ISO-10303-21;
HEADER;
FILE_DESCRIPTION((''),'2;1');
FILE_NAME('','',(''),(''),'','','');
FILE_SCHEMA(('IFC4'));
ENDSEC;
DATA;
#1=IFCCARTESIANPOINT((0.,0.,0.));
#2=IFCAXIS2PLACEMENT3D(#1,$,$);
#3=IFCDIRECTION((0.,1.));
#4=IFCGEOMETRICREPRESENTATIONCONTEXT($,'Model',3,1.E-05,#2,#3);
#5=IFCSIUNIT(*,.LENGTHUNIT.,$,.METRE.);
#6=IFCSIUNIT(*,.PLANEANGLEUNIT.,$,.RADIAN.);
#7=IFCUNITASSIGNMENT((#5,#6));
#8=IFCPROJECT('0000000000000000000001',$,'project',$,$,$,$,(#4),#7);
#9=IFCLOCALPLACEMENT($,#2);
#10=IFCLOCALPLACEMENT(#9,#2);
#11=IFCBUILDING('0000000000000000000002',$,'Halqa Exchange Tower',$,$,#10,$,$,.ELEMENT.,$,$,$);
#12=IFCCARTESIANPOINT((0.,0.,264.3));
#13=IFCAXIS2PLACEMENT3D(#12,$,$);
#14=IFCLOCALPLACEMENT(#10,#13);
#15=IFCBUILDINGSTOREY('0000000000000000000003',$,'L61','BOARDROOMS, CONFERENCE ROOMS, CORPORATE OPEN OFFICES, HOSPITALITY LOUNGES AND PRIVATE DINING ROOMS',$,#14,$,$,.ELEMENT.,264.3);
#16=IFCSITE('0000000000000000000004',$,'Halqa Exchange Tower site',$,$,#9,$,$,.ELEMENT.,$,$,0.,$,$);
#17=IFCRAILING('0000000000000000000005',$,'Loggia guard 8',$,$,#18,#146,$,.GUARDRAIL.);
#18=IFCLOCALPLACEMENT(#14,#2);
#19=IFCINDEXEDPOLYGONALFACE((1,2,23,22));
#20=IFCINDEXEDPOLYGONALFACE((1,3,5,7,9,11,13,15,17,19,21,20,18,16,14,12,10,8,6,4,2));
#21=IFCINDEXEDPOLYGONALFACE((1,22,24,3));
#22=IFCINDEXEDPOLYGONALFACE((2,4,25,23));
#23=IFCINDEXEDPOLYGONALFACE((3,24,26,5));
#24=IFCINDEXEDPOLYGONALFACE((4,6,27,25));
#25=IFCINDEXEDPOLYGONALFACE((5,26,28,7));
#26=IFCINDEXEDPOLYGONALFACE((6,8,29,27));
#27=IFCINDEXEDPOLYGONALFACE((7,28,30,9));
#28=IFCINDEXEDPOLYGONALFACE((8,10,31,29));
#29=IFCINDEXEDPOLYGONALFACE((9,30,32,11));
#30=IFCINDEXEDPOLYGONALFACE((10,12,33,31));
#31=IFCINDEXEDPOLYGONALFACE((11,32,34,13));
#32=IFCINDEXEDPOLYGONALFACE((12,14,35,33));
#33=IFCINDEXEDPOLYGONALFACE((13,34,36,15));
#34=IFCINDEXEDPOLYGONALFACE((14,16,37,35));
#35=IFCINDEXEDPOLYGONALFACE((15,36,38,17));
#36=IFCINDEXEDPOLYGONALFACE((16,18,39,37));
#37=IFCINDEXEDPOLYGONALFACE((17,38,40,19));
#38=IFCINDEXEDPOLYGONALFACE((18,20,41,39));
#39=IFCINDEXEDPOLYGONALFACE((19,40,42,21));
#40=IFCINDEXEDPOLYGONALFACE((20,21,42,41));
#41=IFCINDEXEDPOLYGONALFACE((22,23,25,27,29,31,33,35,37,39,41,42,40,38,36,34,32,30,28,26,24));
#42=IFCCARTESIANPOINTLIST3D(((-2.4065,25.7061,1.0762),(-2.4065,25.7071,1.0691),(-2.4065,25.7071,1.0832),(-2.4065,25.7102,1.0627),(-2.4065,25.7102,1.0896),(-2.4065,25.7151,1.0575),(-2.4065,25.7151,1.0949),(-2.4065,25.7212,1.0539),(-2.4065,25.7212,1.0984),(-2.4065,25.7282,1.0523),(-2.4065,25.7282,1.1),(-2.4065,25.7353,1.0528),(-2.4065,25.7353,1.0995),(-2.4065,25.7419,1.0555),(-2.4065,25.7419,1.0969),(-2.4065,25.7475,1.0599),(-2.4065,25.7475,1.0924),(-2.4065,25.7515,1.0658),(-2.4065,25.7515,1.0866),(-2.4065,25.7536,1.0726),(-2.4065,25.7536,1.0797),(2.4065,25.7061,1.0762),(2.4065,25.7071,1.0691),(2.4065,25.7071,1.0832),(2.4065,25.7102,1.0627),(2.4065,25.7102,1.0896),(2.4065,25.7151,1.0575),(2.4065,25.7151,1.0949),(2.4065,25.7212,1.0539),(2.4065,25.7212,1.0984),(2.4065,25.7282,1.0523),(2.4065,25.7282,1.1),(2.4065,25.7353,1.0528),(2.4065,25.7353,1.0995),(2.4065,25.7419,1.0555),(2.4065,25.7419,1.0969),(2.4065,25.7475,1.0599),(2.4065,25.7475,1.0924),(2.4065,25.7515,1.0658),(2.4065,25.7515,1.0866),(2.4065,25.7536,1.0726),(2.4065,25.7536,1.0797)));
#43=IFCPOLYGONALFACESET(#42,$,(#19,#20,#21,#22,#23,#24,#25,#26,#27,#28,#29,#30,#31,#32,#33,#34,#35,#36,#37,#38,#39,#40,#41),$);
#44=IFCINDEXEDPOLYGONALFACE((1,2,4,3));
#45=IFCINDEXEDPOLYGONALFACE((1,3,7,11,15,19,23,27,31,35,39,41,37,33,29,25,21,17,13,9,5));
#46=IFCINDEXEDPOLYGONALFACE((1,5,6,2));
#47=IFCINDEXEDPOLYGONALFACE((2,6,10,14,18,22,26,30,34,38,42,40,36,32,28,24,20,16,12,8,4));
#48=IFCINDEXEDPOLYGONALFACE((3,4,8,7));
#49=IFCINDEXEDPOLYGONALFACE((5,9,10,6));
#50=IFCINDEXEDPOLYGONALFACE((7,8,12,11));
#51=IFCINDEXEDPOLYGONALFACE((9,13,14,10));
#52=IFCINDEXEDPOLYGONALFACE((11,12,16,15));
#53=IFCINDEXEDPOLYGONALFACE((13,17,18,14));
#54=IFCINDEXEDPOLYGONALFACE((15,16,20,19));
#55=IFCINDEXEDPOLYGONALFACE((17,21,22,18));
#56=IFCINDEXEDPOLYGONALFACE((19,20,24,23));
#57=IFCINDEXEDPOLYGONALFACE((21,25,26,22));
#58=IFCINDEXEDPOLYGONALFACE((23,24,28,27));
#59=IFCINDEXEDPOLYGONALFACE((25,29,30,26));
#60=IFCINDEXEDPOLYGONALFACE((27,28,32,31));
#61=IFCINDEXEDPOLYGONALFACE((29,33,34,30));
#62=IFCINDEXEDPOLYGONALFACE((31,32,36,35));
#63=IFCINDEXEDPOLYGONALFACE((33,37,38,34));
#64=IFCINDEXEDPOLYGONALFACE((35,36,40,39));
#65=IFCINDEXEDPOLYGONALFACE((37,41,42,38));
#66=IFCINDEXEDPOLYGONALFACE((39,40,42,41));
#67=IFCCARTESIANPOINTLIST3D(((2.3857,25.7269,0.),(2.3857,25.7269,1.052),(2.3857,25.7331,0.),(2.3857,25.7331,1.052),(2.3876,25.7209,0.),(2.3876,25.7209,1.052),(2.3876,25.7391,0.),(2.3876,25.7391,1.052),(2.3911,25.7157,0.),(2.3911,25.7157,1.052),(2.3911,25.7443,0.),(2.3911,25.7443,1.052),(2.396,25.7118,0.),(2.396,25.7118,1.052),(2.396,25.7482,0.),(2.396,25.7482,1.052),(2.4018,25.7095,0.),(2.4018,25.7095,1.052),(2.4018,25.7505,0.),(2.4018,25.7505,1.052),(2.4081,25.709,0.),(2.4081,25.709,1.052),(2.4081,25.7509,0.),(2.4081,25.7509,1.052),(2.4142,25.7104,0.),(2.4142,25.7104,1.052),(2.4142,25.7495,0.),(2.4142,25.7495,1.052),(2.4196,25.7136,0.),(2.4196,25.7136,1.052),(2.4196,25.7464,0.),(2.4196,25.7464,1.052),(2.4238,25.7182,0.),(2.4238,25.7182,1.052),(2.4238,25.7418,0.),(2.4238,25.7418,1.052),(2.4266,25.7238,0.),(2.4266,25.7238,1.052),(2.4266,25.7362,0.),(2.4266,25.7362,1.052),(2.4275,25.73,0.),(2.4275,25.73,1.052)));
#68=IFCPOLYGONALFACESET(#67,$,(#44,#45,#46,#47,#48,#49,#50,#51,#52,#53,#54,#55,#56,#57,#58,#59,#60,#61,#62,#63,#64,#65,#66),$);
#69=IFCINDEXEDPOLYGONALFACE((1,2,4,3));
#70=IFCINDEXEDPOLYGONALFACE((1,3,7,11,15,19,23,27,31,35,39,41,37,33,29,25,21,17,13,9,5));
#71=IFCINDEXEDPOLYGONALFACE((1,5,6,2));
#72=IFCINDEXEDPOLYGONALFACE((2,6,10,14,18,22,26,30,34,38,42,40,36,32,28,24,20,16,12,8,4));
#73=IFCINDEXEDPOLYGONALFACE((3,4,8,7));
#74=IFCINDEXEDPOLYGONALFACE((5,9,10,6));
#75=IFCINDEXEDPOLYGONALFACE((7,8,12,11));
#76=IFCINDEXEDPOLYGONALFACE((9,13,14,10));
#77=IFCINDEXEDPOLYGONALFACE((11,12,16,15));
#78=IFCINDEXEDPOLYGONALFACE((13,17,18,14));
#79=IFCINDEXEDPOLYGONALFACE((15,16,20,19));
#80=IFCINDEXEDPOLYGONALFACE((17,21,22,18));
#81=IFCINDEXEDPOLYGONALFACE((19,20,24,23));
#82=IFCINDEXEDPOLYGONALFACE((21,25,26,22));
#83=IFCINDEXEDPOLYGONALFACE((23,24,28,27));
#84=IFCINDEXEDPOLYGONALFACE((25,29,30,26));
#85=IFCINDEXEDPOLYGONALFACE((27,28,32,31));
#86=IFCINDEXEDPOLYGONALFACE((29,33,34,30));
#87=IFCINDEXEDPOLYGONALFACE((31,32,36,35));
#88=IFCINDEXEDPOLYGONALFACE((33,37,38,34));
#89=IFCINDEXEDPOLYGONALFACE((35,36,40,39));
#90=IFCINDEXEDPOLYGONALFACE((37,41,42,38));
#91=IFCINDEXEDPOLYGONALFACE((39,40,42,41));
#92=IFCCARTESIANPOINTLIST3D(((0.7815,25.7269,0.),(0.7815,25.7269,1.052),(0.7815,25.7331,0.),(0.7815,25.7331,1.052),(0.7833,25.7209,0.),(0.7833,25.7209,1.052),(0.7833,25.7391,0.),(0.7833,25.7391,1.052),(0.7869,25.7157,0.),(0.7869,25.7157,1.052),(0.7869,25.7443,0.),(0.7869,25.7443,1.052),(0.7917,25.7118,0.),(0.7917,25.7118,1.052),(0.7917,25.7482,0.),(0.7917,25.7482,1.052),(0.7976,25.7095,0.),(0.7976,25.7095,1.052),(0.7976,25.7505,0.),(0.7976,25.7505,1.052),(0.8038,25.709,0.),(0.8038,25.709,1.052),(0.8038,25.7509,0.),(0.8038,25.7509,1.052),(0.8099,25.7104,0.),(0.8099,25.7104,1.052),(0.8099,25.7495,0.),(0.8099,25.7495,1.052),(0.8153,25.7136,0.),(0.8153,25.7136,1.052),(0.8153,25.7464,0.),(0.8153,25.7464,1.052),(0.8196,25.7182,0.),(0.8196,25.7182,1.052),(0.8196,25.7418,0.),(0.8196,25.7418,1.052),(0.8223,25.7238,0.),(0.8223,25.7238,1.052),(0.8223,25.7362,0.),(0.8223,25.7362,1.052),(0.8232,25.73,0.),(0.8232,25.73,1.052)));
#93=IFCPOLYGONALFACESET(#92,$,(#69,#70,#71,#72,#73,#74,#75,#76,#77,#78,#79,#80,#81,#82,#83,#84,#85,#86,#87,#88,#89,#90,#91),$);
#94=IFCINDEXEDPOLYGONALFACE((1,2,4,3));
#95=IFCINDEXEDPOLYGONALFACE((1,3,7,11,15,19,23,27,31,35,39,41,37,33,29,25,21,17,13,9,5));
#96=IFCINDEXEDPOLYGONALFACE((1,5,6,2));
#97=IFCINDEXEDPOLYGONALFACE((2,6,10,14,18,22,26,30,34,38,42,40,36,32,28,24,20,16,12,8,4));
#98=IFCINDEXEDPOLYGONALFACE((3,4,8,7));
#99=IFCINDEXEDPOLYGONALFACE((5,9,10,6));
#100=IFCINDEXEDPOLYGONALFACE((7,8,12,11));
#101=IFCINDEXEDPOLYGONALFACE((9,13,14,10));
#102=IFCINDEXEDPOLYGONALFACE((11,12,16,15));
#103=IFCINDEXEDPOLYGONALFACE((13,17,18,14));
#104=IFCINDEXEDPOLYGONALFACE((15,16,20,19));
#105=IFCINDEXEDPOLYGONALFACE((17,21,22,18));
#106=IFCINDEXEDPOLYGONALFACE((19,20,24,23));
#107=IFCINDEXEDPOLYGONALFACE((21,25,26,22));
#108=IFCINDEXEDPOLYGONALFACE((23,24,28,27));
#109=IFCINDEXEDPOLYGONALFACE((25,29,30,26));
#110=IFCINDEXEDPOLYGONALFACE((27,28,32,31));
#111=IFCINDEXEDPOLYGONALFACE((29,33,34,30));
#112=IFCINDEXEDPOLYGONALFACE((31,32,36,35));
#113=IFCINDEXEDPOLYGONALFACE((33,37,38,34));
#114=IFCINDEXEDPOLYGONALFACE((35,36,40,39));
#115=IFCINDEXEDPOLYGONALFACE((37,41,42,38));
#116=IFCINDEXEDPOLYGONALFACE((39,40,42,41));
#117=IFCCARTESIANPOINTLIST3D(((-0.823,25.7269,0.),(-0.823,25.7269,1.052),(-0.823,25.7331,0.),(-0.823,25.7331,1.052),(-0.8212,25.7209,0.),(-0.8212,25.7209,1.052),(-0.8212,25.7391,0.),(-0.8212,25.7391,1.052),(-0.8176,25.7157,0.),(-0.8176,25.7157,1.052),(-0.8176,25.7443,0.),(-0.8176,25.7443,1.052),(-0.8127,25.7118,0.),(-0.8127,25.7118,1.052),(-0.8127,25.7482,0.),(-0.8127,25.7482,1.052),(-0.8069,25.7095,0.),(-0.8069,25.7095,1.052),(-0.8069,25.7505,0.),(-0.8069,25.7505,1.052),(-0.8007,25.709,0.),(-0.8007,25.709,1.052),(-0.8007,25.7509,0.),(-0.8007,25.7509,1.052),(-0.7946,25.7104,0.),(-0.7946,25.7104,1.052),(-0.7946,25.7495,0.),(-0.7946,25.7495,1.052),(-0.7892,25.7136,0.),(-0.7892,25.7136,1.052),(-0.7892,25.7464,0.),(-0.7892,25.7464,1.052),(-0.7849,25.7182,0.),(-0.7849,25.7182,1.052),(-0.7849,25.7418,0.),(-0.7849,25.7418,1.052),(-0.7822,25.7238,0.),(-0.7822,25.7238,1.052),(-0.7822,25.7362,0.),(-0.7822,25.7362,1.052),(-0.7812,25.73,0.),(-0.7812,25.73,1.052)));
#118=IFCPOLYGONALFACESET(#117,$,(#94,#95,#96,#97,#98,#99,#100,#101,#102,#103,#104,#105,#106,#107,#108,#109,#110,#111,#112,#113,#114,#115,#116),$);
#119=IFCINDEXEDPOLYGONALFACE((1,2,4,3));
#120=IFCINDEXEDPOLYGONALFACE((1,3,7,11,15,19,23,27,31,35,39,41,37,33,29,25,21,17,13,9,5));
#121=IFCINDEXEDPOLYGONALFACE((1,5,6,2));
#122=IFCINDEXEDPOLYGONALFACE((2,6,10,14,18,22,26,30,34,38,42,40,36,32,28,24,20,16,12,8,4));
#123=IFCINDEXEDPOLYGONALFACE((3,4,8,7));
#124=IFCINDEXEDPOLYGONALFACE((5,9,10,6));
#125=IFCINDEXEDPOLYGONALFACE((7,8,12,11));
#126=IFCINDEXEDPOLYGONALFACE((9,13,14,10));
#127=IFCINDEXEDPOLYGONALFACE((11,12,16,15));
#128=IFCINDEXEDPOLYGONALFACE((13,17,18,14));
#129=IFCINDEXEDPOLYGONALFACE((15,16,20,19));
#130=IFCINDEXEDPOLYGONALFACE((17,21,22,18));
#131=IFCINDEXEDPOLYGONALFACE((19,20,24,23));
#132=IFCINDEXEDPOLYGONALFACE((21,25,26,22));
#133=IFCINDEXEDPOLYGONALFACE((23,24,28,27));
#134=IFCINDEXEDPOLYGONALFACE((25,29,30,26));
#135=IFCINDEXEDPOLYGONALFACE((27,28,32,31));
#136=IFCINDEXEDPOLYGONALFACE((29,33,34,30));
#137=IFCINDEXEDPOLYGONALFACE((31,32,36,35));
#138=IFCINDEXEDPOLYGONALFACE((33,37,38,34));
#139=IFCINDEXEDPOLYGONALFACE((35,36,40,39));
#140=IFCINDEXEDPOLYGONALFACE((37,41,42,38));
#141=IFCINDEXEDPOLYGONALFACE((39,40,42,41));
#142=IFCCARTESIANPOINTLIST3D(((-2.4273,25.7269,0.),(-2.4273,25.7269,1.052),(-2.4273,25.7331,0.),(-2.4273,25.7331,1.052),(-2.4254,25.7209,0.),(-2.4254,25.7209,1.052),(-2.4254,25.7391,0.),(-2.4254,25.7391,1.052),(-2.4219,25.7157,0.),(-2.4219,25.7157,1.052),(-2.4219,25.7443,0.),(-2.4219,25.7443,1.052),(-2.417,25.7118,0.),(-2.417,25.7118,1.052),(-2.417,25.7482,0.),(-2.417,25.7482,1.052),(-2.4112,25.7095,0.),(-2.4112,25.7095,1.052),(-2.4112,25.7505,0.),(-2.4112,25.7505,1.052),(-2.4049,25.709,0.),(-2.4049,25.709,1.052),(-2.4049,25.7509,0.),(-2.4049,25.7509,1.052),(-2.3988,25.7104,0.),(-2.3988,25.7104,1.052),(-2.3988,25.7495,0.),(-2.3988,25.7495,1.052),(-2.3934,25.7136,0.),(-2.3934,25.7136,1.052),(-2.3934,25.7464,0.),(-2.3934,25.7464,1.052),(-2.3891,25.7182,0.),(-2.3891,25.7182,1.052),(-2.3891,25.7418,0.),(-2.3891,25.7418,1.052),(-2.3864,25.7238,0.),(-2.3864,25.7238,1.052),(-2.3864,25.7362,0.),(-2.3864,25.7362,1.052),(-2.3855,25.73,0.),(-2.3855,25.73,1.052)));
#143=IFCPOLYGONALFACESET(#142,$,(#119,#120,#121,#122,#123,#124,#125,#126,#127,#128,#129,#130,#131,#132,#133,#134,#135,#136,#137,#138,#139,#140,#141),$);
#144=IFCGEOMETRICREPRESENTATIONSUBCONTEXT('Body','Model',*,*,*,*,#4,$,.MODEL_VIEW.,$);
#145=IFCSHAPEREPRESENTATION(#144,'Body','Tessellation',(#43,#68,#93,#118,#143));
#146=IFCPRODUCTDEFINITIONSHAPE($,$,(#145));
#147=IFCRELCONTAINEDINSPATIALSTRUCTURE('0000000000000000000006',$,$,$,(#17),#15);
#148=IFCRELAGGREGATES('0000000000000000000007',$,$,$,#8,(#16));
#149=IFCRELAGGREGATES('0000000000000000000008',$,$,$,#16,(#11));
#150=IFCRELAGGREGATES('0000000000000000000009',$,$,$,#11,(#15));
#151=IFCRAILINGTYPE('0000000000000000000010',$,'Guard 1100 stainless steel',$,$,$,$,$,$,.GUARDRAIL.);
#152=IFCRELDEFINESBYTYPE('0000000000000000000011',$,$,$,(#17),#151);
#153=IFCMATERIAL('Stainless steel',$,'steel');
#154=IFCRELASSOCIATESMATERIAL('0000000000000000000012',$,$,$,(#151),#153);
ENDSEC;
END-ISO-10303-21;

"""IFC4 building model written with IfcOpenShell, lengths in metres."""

from ifc_helpers import new_model, si_unit, direction, frame, origin, origin_2d, place, context, subcontext, project, spatial, circle, extrude, material, type_object, element, save


model = new_model("IFC4")

# Units and contexts
model_context = context("Model", 3, precision=1e-05, world=origin(), true_north=direction((0.0, 1.0)))
body_context = subcontext(model_context, "Body", "Model", "MODEL_VIEW")
ifc_project = project(units=[si_unit("LENGTHUNIT", "METRE"), si_unit("PLANEANGLEUNIT", "RADIAN")], contexts=[model_context])

# Site, building, storey
site_placement = place(None, origin())
site = spatial("IfcSite", under=ifc_project, at=site_placement, Name="Halqa Exchange Tower site", CompositionType="ELEMENT", RefElevation=0.0)
building_placement = place(site_placement, origin())
building = spatial("IfcBuilding", under=site, at=building_placement, Name="Halqa Exchange Tower", CompositionType="ELEMENT")
storey_placement = place(building_placement, frame((0.0, 0.0, 264.3)))
storey = spatial("IfcBuildingStorey", under=building, at=storey_placement, Name="L61", Description="BOARDROOMS, CONFERENCE ROOMS, CORPORATE OPEN OFFICES, HOSPITALITY LOUNGES AND PRIVATE DINING ROOMS", CompositionType="ELEMENT", Elevation=264.3)

# Railing
ifc_material_1 = material(Name="Stainless steel", Category="steel")
railing_type_1 = type_object("IfcRailingType", Name="Guard 1100 stainless steel", PredefinedType="GUARDRAIL", material=ifc_material_1)
railing_1_placement = place(storey_placement, frame((2.4065, 25.73, 0.0)))
element("IfcRailing", 1, at=railing_1_placement, inside=storey, type_object=railing_type_1, Name="Loggia guard 8", PredefinedType="GUARDRAIL", context=body_context, shape_type="SweptSolid", body=[
    extrude(circle(Radius=0.0239, at=origin_2d()), frame((0.0, 0.0, 1.0762), z_axis=(-1.0, 0.0, 0.0), x_axis=(0.0, -1.0, 0.0)), (0.0, 0.0, 1.0), 4.813),
    extrude(circle(Radius=0.021, at=origin_2d()), origin(), (0.0, 0.0, 1.0), 1.052),
    extrude(circle(Radius=0.021, at=origin_2d()), frame((-1.6042, 0.0, 0.0)), (0.0, 0.0, 1.0), 1.052),
    extrude(circle(Radius=0.021, at=origin_2d()), frame((-3.2087, 0.0, 0.0)), (0.0, 0.0, 1.0), 1.052),
    extrude(circle(Radius=0.021, at=origin_2d()), frame((-4.813, 0.0, 0.0)), (0.0, 0.0, 1.0), 1.052),
])

save(model, "model.ifc")
